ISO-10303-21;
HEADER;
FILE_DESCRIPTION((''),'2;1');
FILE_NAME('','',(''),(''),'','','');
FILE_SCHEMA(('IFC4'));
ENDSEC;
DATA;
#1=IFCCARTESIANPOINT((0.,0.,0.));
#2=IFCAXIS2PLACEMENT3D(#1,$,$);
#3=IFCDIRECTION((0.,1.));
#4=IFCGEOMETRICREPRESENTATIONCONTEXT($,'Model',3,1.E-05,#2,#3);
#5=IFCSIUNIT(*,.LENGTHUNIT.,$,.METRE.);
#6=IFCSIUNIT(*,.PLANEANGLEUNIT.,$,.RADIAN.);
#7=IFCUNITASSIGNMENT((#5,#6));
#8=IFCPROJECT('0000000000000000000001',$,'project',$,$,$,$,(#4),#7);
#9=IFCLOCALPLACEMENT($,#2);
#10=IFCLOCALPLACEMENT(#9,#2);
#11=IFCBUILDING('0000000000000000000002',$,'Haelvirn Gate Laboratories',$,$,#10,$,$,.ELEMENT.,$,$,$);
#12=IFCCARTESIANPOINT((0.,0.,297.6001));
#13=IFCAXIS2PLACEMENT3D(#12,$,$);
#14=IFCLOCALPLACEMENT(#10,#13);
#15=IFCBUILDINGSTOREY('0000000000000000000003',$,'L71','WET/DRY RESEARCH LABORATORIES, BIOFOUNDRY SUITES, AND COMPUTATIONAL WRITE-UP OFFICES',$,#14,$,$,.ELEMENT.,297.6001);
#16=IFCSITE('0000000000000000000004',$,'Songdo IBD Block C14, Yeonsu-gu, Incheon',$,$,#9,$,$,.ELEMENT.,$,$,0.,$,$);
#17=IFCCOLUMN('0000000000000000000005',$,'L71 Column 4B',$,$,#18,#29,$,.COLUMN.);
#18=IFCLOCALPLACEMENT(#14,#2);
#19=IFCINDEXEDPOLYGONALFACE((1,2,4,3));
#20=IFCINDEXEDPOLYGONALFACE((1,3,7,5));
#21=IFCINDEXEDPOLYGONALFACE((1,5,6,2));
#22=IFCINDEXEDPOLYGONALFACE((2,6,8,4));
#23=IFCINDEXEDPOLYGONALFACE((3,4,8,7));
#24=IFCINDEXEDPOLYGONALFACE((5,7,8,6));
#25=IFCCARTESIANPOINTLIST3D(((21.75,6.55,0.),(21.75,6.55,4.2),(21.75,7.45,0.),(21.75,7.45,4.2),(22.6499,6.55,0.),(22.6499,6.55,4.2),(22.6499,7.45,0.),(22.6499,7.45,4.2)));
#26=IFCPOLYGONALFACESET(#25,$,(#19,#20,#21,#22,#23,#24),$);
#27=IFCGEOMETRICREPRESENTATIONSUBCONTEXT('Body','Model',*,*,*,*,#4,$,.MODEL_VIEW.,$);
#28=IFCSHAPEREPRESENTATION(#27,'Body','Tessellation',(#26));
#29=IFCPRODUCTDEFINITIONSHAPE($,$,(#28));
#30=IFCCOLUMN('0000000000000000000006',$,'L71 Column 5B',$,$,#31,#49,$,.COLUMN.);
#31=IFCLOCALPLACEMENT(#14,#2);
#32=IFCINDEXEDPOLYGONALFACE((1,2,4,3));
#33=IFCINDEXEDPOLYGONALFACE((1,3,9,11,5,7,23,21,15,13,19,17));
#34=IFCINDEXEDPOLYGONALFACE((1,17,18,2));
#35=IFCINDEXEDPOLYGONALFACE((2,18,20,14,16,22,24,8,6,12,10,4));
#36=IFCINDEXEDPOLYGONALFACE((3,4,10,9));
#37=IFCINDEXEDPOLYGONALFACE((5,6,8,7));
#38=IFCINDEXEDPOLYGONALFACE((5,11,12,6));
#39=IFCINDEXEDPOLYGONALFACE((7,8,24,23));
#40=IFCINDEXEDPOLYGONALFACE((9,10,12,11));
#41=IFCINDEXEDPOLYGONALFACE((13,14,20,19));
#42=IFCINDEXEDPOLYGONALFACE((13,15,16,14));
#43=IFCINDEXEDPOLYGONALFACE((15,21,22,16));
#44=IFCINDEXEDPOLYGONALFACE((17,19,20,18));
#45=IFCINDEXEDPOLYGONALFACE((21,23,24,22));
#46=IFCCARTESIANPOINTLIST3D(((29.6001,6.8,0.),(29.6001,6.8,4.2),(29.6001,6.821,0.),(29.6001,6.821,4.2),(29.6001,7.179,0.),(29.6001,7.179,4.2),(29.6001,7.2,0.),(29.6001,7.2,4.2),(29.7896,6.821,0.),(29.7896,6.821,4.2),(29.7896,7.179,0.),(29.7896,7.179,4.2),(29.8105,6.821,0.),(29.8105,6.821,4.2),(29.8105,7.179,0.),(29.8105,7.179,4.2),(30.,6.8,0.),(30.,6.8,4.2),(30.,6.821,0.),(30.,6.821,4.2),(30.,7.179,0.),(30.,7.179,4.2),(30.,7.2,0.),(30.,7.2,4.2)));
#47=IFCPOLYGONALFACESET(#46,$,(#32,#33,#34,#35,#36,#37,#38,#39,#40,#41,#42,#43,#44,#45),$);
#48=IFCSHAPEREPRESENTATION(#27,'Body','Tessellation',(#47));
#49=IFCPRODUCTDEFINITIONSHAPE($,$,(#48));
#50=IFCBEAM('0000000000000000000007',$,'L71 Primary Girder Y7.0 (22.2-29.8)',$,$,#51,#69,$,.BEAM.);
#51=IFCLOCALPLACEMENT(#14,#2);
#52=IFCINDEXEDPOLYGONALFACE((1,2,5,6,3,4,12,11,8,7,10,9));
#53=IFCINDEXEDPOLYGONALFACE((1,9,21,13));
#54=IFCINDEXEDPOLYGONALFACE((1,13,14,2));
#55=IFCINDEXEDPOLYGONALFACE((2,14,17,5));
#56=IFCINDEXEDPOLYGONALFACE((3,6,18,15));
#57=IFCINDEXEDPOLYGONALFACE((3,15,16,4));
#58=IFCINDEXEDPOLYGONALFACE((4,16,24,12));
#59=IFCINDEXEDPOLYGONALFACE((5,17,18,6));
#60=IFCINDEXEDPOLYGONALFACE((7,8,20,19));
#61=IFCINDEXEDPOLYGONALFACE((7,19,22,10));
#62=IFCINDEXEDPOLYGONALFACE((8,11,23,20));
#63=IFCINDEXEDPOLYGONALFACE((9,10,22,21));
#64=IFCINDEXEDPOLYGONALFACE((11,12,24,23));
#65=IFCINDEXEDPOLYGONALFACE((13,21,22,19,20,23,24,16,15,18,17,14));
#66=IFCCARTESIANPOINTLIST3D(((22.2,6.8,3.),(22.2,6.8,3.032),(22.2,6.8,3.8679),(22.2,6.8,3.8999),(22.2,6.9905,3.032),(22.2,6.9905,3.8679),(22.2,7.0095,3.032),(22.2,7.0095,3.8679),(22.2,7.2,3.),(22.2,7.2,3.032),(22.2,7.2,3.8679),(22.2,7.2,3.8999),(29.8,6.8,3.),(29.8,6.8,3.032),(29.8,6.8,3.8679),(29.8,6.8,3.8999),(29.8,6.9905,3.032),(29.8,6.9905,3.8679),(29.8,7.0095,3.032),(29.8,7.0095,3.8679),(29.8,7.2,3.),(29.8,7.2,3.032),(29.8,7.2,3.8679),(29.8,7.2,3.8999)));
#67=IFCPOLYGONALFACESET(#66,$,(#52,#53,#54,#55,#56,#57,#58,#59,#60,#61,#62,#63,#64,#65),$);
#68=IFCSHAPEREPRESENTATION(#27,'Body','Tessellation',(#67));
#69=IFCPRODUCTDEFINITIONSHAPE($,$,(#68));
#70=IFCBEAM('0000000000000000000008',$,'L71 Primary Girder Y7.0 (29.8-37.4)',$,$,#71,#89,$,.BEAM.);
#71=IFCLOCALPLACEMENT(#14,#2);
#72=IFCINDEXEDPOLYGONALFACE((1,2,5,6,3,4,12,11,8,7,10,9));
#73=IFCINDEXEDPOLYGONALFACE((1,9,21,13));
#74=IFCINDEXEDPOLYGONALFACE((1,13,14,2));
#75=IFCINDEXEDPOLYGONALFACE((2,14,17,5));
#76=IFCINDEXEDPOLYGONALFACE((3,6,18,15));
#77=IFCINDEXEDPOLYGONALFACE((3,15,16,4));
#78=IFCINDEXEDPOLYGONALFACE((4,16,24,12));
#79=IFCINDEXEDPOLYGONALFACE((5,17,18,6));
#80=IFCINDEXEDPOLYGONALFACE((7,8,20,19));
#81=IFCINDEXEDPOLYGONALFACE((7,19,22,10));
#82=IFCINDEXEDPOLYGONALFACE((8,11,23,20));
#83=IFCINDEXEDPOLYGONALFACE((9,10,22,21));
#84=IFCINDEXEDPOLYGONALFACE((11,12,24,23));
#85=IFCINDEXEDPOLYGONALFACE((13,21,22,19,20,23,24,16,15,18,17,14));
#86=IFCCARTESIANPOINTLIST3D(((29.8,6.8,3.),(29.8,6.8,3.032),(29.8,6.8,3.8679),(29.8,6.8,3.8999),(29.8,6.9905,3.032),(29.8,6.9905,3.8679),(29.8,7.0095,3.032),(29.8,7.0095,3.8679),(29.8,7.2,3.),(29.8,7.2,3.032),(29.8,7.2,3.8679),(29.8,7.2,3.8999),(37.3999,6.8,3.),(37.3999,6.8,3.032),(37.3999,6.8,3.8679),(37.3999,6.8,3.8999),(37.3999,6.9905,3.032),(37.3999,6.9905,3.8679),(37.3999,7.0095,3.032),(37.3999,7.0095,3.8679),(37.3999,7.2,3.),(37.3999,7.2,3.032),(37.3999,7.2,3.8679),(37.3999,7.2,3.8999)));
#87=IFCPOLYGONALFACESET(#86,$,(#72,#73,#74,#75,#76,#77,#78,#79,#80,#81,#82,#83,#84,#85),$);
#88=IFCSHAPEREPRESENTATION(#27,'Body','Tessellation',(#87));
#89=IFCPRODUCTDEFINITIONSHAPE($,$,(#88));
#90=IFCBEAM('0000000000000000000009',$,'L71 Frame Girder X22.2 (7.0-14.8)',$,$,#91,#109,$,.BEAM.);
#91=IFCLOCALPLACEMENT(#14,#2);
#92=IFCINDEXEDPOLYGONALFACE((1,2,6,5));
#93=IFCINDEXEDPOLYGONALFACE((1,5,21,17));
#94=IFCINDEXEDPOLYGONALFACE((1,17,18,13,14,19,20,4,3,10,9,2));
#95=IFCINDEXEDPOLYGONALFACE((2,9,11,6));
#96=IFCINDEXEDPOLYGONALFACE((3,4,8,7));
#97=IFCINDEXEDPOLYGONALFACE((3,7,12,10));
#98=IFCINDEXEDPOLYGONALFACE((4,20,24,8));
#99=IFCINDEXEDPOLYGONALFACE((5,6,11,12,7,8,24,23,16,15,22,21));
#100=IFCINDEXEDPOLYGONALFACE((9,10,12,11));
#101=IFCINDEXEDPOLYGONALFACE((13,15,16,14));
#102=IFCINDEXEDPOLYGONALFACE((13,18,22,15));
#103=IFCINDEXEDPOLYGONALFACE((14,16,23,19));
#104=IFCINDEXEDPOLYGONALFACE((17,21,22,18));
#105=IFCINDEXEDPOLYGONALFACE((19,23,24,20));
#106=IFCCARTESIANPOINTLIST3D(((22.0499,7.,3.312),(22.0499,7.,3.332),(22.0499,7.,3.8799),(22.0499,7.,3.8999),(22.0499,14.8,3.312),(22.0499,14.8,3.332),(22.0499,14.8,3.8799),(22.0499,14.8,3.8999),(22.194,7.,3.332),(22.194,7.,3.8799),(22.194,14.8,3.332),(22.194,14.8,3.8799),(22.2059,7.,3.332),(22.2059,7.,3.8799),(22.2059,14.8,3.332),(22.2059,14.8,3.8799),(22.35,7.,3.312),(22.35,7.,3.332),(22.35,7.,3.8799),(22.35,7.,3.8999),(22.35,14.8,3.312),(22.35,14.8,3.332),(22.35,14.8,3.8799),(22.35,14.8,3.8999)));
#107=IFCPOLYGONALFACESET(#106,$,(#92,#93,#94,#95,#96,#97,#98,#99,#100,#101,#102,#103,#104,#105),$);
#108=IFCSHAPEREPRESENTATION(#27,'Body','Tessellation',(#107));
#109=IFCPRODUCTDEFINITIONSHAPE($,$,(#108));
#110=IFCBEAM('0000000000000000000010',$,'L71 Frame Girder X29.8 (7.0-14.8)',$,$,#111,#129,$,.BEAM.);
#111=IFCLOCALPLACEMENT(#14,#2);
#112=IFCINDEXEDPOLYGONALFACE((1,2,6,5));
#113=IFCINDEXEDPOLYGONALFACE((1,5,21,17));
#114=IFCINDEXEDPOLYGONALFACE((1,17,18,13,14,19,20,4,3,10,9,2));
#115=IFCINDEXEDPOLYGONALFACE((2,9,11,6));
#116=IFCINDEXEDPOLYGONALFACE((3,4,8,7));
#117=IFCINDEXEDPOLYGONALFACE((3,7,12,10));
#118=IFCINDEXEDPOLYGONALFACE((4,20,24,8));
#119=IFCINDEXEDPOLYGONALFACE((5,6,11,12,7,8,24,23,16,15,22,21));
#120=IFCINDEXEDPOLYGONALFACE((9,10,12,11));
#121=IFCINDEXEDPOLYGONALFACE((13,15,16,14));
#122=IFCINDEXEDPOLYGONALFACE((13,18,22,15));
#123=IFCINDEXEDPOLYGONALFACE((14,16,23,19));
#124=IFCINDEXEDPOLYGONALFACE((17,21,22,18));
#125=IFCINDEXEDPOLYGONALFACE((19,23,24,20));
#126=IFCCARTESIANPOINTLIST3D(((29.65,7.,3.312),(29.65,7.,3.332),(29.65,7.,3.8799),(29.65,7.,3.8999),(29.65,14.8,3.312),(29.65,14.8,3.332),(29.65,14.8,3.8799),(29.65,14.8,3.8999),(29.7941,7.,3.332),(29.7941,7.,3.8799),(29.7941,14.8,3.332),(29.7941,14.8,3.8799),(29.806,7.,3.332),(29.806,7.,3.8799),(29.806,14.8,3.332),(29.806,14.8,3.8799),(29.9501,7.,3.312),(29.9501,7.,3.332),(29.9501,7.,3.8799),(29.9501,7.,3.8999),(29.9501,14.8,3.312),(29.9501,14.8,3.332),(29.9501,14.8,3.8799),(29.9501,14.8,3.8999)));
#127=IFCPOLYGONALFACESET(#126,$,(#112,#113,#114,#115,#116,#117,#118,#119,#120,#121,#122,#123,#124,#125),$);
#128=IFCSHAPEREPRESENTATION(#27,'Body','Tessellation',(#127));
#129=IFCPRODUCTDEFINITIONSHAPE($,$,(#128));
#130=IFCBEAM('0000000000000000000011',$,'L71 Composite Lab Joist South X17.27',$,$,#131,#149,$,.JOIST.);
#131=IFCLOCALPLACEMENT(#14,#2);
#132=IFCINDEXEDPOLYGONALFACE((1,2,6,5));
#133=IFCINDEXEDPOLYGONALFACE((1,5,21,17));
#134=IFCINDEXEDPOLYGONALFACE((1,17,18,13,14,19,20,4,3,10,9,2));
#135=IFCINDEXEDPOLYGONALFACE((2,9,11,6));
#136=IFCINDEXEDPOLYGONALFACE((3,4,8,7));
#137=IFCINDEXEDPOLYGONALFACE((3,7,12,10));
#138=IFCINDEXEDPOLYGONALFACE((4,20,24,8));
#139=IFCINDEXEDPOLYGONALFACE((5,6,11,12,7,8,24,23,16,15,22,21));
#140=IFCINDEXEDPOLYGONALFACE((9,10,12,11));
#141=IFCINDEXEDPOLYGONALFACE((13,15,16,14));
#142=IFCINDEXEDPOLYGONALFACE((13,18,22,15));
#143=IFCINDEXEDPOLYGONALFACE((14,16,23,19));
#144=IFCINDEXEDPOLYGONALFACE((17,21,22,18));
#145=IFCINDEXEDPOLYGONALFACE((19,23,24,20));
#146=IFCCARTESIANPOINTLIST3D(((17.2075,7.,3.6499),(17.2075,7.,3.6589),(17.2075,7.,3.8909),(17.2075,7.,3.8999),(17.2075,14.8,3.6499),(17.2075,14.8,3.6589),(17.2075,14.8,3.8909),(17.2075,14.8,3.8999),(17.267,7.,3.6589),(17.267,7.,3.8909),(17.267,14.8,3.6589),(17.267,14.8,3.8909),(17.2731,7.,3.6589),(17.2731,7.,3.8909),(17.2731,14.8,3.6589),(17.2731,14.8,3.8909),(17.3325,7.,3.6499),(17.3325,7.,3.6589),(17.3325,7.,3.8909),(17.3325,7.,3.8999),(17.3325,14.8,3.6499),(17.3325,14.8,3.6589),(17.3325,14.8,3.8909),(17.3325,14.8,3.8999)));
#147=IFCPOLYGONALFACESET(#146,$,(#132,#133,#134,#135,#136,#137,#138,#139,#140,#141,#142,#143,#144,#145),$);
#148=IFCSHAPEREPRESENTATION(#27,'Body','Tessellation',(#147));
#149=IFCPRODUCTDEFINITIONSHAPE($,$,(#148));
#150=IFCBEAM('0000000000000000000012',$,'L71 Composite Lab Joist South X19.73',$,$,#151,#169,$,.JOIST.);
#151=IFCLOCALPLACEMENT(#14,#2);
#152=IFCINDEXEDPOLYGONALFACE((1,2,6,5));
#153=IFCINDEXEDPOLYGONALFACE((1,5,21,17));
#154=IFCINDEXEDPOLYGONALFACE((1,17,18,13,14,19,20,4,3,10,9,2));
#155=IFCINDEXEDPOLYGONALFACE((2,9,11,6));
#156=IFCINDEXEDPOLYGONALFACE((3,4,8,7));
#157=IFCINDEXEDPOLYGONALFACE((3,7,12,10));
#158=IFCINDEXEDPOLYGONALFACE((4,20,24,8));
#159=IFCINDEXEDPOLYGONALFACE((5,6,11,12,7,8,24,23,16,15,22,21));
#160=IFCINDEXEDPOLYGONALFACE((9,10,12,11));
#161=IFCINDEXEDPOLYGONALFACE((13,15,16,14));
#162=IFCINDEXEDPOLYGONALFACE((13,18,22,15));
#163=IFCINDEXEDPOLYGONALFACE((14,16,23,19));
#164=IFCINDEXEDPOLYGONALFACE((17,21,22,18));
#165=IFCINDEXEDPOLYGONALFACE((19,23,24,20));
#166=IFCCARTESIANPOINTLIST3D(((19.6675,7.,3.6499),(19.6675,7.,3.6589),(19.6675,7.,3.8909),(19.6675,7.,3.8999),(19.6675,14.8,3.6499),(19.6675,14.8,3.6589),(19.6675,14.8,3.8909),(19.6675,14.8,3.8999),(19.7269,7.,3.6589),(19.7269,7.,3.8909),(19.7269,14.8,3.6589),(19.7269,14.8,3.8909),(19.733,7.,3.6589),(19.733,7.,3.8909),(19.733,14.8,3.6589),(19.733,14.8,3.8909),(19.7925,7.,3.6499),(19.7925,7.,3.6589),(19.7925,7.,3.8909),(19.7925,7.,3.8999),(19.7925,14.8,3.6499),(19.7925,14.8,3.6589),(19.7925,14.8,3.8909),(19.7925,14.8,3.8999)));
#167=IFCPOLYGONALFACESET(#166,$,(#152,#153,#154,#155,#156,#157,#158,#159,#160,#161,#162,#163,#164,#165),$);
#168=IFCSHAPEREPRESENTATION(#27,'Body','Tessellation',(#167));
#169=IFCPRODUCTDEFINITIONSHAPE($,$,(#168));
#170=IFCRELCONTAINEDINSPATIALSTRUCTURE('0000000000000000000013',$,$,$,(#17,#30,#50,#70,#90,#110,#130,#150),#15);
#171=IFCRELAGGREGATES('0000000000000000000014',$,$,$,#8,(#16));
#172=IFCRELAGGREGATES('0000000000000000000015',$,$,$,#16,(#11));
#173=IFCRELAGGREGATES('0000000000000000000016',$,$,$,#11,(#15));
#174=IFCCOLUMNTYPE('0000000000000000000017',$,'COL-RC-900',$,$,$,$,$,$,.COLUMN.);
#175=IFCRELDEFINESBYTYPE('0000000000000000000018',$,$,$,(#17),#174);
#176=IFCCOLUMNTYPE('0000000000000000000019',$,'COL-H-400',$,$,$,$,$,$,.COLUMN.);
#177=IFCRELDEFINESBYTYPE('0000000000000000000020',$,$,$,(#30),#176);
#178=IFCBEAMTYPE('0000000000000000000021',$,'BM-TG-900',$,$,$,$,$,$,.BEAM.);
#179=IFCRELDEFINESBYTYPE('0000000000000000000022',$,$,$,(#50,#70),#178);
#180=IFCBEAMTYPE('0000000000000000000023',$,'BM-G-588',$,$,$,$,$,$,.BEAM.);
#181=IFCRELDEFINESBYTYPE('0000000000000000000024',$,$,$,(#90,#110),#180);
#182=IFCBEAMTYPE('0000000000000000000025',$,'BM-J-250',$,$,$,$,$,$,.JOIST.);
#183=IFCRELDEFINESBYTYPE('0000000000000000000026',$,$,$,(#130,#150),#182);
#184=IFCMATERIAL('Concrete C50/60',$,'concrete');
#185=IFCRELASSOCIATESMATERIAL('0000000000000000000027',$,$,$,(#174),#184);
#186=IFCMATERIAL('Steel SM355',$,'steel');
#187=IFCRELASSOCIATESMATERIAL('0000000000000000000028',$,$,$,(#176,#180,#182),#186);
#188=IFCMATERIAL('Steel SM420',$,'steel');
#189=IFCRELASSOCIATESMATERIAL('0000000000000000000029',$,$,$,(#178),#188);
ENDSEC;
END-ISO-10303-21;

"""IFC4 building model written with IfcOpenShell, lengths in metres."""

from ifc_helpers import new_model, si_unit, direction, frame, origin, origin_2d, place, context, subcontext, project, spatial, rectangle, i_section, extrude, source, transform, mapped, material, material_profile, profile_set, type_object, type_shapes, element, save


model = new_model("IFC4")

# Units and contexts
model_context = context("Model", 3, precision=1e-05, world=origin(), true_north=direction((0.0, 1.0)))
body_context = subcontext(model_context, "Body", "Model", "MODEL_VIEW")
ifc_project = project(units=[si_unit("LENGTHUNIT", "METRE"), si_unit("PLANEANGLEUNIT", "RADIAN")], contexts=[model_context])

# Site, building, storey
site_placement = place(None, origin())
site = spatial("IfcSite", under=ifc_project, at=site_placement, Name="Songdo IBD Block C14, Yeonsu-gu, Incheon", CompositionType="ELEMENT", RefElevation=0.0)
building_placement = place(site_placement, origin())
building = spatial("IfcBuilding", under=site, at=building_placement, Name="Haelvirn Gate Laboratories", CompositionType="ELEMENT")
storey_placement = place(building_placement, frame((0.0, 0.0, 297.6001)))
storey = spatial("IfcBuildingStorey", under=building, at=storey_placement, Name="L71", Description="WET/DRY RESEARCH LABORATORIES, BIOFOUNDRY SUITES, AND COMPUTATIONAL WRITE-UP OFFICES", CompositionType="ELEMENT", Elevation=297.6001)

# Columns
ifc_material_1 = material(Name="Concrete C50/60", Category="concrete")
ifc_material_profile_1 = material_profile(ifc_material_1, rectangle(XDim=0.8999, YDim=0.8999, at=origin_2d()), Name="RC-900x900")
ifc_profile_set_1 = profile_set([ifc_material_profile_1], Name="Concrete C50/60")
column_type_1 = type_object("IfcColumnType", Name="COL-RC-900", PredefinedType="COLUMN", material=ifc_profile_set_1)
shared_shape_1 = source(origin(), body_context, "Body", "SweptSolid", [
    extrude(rectangle(XDim=0.8999, YDim=0.8999, at=origin_2d()), origin(), (0.0, 0.0, 1.0), 4.2),
])
type_shapes(column_type_1, [shared_shape_1])
column_1_placement = place(storey_placement, frame((22.2, 7.0, 0.0), z_axis=(0.0, 0.0, 1.0), x_axis=(1.0, 0.0, 0.0)))
element("IfcColumn", 1, at=column_1_placement, inside=storey, type_object=column_type_1, Name="L71 Column 4B", PredefinedType="COLUMN", context=body_context, shape_type="MappedRepresentation", body=[
    mapped(shared_shape_1, transform((0.0, 0.0, 0.0), scale=1.0)),
])
ifc_material_2 = material(Name="Steel SM355", Category="steel")
ifc_material_profile_2 = material_profile(ifc_material_2, i_section(OverallWidth=0.3999, OverallDepth=0.3999, WebThickness=0.021, FlangeThickness=0.021, at=origin_2d()), Name="H-400x400x21x21")
ifc_profile_set_2 = profile_set([ifc_material_profile_2], Name="Steel SM355")
column_type_2 = type_object("IfcColumnType", Name="COL-H-400", PredefinedType="COLUMN", material=ifc_profile_set_2)
shared_shape_2 = source(origin(), body_context, "Body", "SweptSolid", [
    extrude(i_section(OverallWidth=0.3999, OverallDepth=0.3999, WebThickness=0.021, FlangeThickness=0.021, at=origin_2d()), origin(), (0.0, 0.0, 1.0), 4.2),
])
type_shapes(column_type_2, [shared_shape_2])
column_2_placement = place(storey_placement, frame((29.8, 7.0, 0.0), z_axis=(0.0, 0.0, 1.0), x_axis=(1.0, 0.0, 0.0)))
element("IfcColumn", 2, at=column_2_placement, inside=storey, type_object=column_type_2, Name="L71 Column 5B", PredefinedType="COLUMN", context=body_context, shape_type="MappedRepresentation", body=[
    mapped(shared_shape_2, transform((0.0, 0.0, 0.0), scale=1.0)),
])

# Beams
ifc_material_3 = material(Name="Steel SM420", Category="steel")
ifc_material_profile_3 = material_profile(ifc_material_3, i_section(OverallWidth=0.3999, OverallDepth=0.8999, WebThickness=0.019, FlangeThickness=0.032, at=origin_2d()), Name="H-900x400x19x32")
ifc_profile_set_3 = profile_set([ifc_material_profile_3], Name="Steel SM420")
beam_type_1 = type_object("IfcBeamType", Name="BM-TG-900", PredefinedType="BEAM", material=ifc_profile_set_3)
shared_shape_3 = source(origin(), body_context, "Body", "SweptSolid", [
    extrude(i_section(OverallWidth=0.3999, OverallDepth=0.8999, WebThickness=0.019, FlangeThickness=0.032, at=origin_2d()), origin(), (0.0, 0.0, 1.0), 7.6001),
])
beam_1_placement = place(storey_placement, frame((22.2, 7.0, 3.45), z_axis=(1.0, 0.0, 0.0), x_axis=(0.0, 1.0, 0.0)))
element("IfcBeam", 3, at=beam_1_placement, inside=storey, type_object=beam_type_1, Name="L71 Primary Girder Y7.0 (22.2-29.8)", PredefinedType="BEAM", context=body_context, shape_type="MappedRepresentation", body=[
    mapped(shared_shape_3, transform((0.0, 0.0, 0.0), scale=1.0)),
])
shared_shape_4 = source(origin(), body_context, "Body", "SweptSolid", [
    extrude(i_section(OverallWidth=0.3999, OverallDepth=0.8999, WebThickness=0.019, FlangeThickness=0.032, at=origin_2d()), origin(), (0.0, 0.0, 1.0), 7.5999),
])
type_shapes(beam_type_1, [shared_shape_3, shared_shape_4])
beam_2_placement = place(storey_placement, frame((29.8, 7.0, 3.45), z_axis=(1.0, 0.0, 0.0), x_axis=(0.0, 1.0, 0.0)))
element("IfcBeam", 4, at=beam_2_placement, inside=storey, type_object=beam_type_1, Name="L71 Primary Girder Y7.0 (29.8-37.4)", PredefinedType="BEAM", context=body_context, shape_type="MappedRepresentation", body=[
    mapped(shared_shape_4, transform((0.0, 0.0, 0.0), scale=1.0)),
])
ifc_material_profile_4 = material_profile(ifc_material_2, i_section(OverallWidth=0.3, OverallDepth=0.5879, WebThickness=0.012, FlangeThickness=0.02, at=origin_2d()), Name="H-588x300x12x20")
ifc_profile_set_4 = profile_set([ifc_material_profile_4], Name="Steel SM355")
beam_type_2 = type_object("IfcBeamType", Name="BM-G-588", PredefinedType="BEAM", material=ifc_profile_set_4)
shared_shape_5 = source(origin(), body_context, "Body", "SweptSolid", [
    extrude(i_section(OverallWidth=0.3, OverallDepth=0.5879, WebThickness=0.012, FlangeThickness=0.02, at=origin_2d()), origin(), (0.0, 0.0, 1.0), 7.8),
])
type_shapes(beam_type_2, [shared_shape_5])
for number, where, z_axis, x_axis, name in (
    (5, (22.2, 7.0, 3.606), (0.0, 1.0, 0.0), (-1.0, 0.0, 0.0), "L71 Frame Girder X22.2 (7.0-14.8)"),
    (6, (29.8, 7.0, 3.606), (0.0, 1.0, 0.0), (-1.0, 0.0, 0.0), "L71 Frame Girder X29.8 (7.0-14.8)"),
):
    element("IfcBeam", number, at=place(storey_placement, frame(where, z_axis=z_axis, x_axis=x_axis)), inside=storey, type_object=beam_type_2, Name=name, PredefinedType="BEAM", context=body_context, shape_type="MappedRepresentation", body=[
        mapped(shared_shape_5, transform((0.0, 0.0, 0.0), scale=1.0)),
    ])
ifc_material_profile_5 = material_profile(ifc_material_2, i_section(OverallWidth=0.125, OverallDepth=0.25, WebThickness=0.0061, FlangeThickness=0.009, at=origin_2d()), Name="H-250x125x6x9")
ifc_profile_set_5 = profile_set([ifc_material_profile_5], Name="Steel SM355")
beam_type_3 = type_object("IfcBeamType", Name="BM-J-250", PredefinedType="JOIST", material=ifc_profile_set_5)
shared_shape_6 = source(origin(), body_context, "Body", "SweptSolid", [
    extrude(i_section(OverallWidth=0.125, OverallDepth=0.25, WebThickness=0.0061, FlangeThickness=0.009, at=origin_2d()), origin(), (0.0, 0.0, 1.0), 7.8),
])
type_shapes(beam_type_3, [shared_shape_6])
for number, where, z_axis, x_axis, name in (
    (7, (17.27, 7.0, 3.7749), (0.0, 1.0, 0.0), (-1.0, 0.0, 0.0), "L71 Composite Lab Joist South X17.27"),
    (8, (19.73, 7.0, 3.7749), (0.0, 1.0, 0.0), (-1.0, 0.0, 0.0), "L71 Composite Lab Joist South X19.73"),
):
    element("IfcBeam", number, at=place(storey_placement, frame(where, z_axis=z_axis, x_axis=x_axis)), inside=storey, type_object=beam_type_3, Name=name, PredefinedType="JOIST", context=body_context, shape_type="MappedRepresentation", body=[
        mapped(shared_shape_6, transform((0.0, 0.0, 0.0), scale=1.0)),
    ])

save(model, "model.ifc")
